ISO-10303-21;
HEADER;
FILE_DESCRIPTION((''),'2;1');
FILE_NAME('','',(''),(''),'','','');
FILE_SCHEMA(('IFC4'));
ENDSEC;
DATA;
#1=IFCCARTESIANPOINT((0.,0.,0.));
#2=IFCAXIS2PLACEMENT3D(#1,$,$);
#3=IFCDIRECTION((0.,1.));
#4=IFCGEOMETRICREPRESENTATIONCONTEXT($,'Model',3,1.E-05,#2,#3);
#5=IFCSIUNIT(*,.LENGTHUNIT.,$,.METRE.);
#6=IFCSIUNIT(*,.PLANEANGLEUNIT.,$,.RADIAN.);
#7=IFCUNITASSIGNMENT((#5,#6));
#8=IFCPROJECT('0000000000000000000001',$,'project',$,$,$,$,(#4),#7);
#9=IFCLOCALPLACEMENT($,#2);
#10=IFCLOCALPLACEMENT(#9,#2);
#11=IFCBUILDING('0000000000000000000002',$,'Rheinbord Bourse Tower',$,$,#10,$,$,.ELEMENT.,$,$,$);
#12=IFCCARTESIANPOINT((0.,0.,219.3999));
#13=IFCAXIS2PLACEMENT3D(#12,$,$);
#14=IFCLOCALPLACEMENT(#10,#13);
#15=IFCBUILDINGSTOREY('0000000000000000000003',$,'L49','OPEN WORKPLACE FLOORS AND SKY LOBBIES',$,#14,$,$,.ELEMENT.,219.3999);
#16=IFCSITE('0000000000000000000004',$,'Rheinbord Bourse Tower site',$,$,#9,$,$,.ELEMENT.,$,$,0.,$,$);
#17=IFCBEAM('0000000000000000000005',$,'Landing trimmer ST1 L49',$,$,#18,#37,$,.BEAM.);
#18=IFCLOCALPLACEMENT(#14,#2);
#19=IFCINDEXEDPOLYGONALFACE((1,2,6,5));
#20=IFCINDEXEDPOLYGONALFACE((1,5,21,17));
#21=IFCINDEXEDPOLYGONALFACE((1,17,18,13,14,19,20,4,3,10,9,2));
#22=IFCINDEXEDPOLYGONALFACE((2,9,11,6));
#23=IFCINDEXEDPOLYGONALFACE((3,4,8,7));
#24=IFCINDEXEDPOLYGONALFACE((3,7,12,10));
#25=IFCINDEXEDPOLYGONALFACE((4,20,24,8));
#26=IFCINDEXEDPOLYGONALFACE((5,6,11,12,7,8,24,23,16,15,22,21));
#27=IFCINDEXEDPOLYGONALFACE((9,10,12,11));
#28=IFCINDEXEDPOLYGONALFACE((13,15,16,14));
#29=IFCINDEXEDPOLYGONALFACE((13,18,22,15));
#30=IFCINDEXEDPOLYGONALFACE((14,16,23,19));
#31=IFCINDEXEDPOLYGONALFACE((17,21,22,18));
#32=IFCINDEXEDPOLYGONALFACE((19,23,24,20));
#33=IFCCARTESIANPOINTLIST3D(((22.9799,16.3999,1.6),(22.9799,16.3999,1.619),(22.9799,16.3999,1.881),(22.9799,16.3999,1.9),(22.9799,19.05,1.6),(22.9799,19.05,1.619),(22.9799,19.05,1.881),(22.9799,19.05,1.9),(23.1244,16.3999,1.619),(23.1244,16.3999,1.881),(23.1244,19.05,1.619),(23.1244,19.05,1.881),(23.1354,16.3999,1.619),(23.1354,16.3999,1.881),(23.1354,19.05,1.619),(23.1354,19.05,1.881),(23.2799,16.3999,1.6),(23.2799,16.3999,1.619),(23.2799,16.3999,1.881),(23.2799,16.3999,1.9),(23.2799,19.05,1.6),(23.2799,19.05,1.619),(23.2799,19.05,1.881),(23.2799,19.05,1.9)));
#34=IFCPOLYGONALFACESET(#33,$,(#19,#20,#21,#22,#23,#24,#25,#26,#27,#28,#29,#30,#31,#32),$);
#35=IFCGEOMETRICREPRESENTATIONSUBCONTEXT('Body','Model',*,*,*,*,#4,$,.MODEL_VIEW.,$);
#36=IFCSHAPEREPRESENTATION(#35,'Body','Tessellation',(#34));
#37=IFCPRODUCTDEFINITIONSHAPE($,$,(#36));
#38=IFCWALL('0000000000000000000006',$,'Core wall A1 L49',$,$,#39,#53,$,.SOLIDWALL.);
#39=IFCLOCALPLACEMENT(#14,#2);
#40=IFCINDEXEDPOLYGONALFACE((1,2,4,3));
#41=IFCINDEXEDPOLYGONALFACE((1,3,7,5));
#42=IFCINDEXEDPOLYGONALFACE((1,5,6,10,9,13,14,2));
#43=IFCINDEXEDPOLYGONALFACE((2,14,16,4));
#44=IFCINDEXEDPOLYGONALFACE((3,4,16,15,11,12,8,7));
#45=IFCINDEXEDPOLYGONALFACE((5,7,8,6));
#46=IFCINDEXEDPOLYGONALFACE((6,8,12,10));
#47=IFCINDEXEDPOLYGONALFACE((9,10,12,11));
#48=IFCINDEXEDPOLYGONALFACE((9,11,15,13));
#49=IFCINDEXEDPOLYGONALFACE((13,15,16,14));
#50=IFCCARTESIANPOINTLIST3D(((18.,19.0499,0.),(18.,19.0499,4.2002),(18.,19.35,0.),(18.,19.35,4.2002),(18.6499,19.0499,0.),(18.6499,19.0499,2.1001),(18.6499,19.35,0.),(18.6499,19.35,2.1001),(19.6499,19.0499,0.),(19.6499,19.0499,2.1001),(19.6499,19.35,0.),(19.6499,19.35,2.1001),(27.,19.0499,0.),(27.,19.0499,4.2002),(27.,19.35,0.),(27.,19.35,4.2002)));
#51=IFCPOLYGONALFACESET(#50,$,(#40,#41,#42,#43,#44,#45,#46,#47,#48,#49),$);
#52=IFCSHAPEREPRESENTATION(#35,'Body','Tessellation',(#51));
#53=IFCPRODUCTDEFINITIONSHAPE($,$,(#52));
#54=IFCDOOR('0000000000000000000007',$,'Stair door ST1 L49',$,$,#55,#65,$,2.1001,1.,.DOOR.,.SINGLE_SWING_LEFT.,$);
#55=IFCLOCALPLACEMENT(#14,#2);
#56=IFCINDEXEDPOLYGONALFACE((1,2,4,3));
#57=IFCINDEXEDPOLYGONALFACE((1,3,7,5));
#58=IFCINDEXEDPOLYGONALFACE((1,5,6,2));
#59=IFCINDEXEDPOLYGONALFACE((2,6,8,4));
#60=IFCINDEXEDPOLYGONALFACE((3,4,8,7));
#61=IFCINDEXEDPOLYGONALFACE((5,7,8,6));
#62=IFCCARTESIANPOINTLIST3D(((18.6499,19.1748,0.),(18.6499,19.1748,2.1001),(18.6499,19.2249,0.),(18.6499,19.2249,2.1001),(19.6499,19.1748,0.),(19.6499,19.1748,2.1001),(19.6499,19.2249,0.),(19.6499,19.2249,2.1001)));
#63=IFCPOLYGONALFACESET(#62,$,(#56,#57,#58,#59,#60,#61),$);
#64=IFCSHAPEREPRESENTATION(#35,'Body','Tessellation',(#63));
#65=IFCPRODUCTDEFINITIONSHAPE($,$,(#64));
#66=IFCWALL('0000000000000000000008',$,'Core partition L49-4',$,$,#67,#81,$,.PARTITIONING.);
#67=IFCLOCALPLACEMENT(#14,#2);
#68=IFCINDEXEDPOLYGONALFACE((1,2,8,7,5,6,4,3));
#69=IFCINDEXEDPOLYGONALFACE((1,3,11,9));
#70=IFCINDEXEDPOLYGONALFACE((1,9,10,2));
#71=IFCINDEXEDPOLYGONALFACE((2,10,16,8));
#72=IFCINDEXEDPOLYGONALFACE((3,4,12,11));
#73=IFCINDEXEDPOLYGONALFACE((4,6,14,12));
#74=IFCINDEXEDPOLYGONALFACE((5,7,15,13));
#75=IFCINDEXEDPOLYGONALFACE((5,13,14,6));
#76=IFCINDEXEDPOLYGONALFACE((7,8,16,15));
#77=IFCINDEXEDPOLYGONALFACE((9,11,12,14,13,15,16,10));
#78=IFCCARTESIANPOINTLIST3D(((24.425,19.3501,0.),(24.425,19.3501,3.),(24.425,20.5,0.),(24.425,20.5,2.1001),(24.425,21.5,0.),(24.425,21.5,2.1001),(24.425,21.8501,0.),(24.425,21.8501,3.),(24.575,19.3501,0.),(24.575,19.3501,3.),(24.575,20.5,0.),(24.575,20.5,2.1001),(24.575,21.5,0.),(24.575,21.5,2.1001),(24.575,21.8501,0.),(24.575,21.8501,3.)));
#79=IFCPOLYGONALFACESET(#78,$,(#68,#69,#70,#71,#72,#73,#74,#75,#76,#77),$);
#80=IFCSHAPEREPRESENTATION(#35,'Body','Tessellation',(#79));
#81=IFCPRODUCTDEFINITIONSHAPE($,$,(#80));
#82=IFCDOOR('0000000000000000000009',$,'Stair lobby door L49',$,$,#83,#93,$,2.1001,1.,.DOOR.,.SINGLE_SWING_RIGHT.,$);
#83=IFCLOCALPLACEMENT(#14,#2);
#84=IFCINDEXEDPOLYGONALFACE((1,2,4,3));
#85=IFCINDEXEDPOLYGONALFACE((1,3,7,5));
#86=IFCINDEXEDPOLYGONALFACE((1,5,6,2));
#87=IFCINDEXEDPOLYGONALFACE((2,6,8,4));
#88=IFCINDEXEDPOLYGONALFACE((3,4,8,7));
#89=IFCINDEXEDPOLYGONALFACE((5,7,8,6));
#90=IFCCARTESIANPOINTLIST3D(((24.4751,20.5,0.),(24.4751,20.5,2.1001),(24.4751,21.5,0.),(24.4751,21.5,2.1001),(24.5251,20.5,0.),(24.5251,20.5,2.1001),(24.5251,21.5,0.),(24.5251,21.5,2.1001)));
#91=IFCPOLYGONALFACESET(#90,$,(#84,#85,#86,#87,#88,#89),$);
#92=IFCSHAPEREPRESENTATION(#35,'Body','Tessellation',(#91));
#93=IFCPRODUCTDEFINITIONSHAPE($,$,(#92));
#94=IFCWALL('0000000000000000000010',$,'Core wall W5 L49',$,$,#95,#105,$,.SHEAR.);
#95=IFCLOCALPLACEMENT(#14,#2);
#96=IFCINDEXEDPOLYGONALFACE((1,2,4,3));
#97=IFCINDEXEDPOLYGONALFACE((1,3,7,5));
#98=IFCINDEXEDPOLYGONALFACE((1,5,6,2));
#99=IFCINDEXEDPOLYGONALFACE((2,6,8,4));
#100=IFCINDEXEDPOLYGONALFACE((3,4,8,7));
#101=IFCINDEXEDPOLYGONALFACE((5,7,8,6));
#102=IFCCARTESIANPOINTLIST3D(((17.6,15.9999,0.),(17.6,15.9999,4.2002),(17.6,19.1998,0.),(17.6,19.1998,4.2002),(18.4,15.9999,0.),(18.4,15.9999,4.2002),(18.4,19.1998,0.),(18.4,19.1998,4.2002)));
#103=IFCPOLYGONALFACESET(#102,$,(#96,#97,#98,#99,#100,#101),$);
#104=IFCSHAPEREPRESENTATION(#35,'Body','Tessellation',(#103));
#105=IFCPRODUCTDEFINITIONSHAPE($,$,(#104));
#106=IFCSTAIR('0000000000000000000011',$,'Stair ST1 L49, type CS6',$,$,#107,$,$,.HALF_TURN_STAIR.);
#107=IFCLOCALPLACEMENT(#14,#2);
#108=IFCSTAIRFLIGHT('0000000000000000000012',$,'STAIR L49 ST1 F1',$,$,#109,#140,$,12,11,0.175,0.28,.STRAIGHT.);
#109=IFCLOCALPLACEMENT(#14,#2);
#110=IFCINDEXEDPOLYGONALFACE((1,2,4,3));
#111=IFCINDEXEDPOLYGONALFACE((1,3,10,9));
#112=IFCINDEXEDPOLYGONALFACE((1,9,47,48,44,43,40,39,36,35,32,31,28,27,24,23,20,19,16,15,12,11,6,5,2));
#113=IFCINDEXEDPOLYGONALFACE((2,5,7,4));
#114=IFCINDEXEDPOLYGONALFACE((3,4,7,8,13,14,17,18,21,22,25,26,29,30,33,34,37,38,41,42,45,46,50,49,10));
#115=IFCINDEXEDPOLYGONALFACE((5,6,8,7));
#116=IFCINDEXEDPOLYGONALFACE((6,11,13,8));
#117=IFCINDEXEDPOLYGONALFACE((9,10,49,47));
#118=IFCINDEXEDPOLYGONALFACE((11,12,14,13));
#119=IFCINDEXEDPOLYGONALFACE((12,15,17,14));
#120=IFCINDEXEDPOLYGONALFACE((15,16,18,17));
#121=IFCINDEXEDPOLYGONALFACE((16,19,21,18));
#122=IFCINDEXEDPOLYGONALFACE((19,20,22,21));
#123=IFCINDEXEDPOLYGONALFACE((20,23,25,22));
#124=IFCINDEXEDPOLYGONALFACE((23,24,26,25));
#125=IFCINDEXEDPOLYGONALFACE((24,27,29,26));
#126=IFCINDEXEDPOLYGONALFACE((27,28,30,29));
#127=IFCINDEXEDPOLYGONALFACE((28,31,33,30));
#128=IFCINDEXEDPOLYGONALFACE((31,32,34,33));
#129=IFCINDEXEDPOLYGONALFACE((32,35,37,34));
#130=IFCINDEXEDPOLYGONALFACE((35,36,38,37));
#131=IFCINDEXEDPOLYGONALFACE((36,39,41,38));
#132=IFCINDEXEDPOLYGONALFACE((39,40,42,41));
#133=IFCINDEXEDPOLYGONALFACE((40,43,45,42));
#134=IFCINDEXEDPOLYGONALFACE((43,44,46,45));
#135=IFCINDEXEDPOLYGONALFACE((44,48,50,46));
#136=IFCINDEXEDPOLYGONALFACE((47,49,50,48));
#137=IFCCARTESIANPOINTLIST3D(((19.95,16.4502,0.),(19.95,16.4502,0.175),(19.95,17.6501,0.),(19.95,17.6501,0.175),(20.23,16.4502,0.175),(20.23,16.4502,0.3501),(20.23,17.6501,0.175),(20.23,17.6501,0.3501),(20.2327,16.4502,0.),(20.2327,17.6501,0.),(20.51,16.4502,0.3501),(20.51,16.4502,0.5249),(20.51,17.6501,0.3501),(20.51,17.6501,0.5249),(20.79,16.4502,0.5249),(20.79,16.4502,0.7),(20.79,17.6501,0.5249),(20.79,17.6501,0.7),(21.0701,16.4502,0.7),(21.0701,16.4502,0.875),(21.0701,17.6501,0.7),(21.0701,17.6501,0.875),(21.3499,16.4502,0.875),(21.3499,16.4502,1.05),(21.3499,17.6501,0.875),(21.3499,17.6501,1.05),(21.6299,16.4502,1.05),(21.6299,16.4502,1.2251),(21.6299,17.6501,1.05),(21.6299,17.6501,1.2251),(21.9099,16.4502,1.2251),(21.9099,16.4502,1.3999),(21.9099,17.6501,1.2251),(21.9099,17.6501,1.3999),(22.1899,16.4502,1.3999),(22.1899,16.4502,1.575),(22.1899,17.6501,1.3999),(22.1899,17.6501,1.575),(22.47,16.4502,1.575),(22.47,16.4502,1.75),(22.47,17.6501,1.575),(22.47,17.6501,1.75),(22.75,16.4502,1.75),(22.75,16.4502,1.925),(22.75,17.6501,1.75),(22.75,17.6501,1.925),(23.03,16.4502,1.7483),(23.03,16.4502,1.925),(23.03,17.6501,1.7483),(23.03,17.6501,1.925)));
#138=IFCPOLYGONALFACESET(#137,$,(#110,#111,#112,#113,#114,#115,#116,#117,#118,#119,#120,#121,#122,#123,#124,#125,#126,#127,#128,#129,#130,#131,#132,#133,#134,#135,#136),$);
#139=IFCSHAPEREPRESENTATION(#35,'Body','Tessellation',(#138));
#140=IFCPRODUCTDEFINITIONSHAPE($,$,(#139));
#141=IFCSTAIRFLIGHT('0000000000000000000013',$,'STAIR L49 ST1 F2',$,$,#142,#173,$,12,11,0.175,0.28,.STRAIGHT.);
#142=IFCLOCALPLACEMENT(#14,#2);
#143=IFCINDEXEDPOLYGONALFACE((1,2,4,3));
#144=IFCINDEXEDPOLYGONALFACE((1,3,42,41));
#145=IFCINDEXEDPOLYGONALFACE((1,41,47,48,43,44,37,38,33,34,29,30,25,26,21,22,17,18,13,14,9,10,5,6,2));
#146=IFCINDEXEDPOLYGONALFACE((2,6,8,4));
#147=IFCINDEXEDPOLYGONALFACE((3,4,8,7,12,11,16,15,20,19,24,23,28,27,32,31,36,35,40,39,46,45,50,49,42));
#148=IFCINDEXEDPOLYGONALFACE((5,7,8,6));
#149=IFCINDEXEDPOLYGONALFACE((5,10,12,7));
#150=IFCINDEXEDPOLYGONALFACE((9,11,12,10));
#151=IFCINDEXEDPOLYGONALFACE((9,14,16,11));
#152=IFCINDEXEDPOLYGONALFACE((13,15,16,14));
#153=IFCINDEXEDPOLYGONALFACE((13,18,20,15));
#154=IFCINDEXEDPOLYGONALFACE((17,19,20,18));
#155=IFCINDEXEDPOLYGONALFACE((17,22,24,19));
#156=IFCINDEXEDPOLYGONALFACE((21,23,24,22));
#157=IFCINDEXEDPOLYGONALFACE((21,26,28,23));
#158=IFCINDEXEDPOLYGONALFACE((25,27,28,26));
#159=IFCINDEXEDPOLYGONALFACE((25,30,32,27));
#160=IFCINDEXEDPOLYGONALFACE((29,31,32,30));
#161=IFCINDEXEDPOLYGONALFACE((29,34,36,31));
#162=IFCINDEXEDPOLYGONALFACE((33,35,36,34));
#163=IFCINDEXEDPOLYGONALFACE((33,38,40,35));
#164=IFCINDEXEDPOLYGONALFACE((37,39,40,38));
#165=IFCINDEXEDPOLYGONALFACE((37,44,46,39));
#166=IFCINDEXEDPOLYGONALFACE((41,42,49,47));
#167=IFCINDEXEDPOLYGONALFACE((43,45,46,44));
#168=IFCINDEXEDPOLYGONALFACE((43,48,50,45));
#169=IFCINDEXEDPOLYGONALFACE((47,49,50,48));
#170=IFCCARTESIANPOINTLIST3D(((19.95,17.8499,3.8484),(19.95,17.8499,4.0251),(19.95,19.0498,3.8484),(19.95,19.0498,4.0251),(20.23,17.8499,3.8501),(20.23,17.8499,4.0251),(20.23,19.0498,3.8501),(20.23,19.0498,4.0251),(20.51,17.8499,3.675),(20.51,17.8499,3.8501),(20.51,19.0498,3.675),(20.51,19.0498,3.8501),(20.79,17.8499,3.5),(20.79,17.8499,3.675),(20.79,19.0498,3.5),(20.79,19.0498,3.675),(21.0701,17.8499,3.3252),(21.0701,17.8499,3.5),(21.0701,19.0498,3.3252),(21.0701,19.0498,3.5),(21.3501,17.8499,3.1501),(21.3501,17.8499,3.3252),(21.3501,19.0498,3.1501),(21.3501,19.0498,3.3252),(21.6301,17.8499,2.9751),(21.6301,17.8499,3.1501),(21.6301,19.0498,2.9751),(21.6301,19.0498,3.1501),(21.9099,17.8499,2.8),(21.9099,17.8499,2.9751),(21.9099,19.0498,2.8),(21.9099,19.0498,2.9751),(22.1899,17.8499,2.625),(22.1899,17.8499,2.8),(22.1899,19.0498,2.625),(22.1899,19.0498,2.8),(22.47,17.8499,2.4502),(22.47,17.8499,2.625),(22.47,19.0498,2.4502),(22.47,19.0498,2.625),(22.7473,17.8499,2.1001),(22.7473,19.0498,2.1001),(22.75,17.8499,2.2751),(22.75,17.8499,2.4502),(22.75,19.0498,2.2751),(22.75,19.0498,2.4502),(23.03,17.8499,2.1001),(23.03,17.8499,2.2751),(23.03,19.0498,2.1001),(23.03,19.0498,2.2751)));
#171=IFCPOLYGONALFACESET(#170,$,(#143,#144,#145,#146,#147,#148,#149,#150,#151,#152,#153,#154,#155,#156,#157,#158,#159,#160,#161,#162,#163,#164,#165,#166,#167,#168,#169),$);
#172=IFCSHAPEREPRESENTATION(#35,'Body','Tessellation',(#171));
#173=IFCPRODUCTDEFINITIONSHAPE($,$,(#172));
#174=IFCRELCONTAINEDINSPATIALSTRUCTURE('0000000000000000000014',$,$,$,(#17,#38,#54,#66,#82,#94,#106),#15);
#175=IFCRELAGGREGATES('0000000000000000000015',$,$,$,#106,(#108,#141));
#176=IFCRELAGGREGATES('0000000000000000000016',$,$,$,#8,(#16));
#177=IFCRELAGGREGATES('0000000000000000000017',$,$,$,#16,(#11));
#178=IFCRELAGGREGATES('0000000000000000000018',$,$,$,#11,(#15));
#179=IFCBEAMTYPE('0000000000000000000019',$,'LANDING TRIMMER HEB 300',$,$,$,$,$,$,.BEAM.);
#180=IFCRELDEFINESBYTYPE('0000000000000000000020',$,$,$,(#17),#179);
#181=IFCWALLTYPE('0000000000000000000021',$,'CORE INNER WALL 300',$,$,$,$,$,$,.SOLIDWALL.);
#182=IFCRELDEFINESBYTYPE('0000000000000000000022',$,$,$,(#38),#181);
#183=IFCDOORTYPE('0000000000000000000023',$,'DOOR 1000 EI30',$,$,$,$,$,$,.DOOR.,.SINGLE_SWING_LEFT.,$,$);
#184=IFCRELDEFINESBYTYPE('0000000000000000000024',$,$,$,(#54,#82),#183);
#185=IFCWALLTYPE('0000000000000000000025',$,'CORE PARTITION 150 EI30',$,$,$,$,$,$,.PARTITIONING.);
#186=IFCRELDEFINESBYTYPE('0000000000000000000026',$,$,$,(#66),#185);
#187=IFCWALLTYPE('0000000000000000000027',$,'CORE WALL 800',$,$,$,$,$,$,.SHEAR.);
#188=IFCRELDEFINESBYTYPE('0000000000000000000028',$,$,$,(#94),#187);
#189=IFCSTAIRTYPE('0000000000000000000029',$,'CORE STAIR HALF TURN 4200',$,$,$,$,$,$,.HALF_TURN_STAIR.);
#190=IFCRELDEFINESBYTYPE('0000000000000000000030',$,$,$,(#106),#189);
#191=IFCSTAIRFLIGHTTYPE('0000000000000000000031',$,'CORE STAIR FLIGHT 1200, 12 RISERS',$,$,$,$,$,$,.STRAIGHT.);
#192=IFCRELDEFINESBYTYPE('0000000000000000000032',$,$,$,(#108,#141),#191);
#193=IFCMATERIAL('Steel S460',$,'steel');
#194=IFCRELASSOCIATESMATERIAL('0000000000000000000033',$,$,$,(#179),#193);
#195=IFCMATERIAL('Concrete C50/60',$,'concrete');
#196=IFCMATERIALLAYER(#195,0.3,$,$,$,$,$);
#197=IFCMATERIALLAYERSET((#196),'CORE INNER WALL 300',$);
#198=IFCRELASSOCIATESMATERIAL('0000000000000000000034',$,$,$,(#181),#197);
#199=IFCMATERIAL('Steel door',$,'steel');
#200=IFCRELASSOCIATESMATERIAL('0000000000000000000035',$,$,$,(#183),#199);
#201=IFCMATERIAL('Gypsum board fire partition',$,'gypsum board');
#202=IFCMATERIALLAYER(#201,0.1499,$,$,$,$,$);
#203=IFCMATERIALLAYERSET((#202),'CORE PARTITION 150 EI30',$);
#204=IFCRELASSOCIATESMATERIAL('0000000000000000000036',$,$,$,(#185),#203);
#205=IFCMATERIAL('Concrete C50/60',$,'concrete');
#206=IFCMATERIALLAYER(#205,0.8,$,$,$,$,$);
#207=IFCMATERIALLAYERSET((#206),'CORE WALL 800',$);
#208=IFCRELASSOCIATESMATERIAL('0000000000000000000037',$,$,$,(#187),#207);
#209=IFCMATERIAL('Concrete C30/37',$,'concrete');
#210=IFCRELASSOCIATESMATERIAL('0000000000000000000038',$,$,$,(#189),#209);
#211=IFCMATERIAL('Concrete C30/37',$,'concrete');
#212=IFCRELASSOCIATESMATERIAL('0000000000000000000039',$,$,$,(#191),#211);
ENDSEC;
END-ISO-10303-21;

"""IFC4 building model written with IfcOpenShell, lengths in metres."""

from ifc_helpers import new_model, si_unit, direction, frame, frame_2d, origin, origin_2d, place, context, subcontext, project, spatial, polyline, rectangle, i_section, outline, extrude, material, layer, layer_set, material_profile, profile_set, type_object, element, fill, aggregate, save


model = new_model("IFC4")

# Units and contexts
model_context = context("Model", 3, precision=1e-05, world=origin(), true_north=direction((0.0, 1.0)))
body_context = subcontext(model_context, "Body", "Model", "MODEL_VIEW")
ifc_project = project(units=[si_unit("LENGTHUNIT", "METRE"), si_unit("PLANEANGLEUNIT", "RADIAN")], contexts=[model_context])

# Site, building, storey
site_placement = place(None, origin())
site = spatial("IfcSite", under=ifc_project, at=site_placement, Name="Rheinbord Bourse Tower site", CompositionType="ELEMENT", RefElevation=0.0)
building_placement = place(site_placement, origin())
building = spatial("IfcBuilding", under=site, at=building_placement, Name="Rheinbord Bourse Tower", CompositionType="ELEMENT")
storey_placement = place(building_placement, frame((0.0, 0.0, 219.3999)))
storey = spatial("IfcBuildingStorey", under=building, at=storey_placement, Name="L49", Description="OPEN WORKPLACE FLOORS AND SKY LOBBIES", CompositionType="ELEMENT", Elevation=219.3999)

# Beam
ifc_material_1 = material(Name="Steel S460", Category="steel")
ifc_material_profile = material_profile(ifc_material_1, i_section(OverallWidth=0.3, OverallDepth=0.3, WebThickness=0.011, FlangeThickness=0.019, at=origin_2d()), Name="HEB 300")
ifc_profile_set = profile_set([ifc_material_profile], Name="Steel S460")
beam_type = type_object("IfcBeamType", Name="LANDING TRIMMER HEB 300", PredefinedType="BEAM", material=ifc_profile_set)
beam_placement = place(storey_placement, frame((23.1299, 16.3999, 1.75), z_axis=(0.0, 1.0, 0.0), x_axis=(-1.0, 0.0, 0.0)))
element("IfcBeam", 1, at=beam_placement, inside=storey, type_object=beam_type, Name="Landing trimmer ST1 L49", PredefinedType="BEAM", context=body_context, shape_type="SweptSolid", body=[
    extrude(i_section(OverallWidth=0.3, OverallDepth=0.3, WebThickness=0.011, FlangeThickness=0.019, at=origin_2d()), origin(), (0.0, 0.0, 1.0), 2.6501),
])

# Walls, openings, doors
ifc_material_2 = material(Name="Concrete C50/60", Category="concrete")
ifc_layer_1 = layer(ifc_material_2, 0.3)
ifc_layer_set_1 = layer_set([ifc_layer_1], Name="CORE INNER WALL 300")
wall_type_1 = type_object("IfcWallType", Name="CORE INNER WALL 300", PredefinedType="SOLIDWALL", material=ifc_layer_set_1)
wall_1_placement = place(storey_placement, frame((18.0, 19.2, 0.0), z_axis=(0.0, 0.0, 1.0), x_axis=(1.0, 0.0, 0.0)))
wall_1 = element("IfcWall", 2, at=wall_1_placement, inside=storey, type_object=wall_type_1, Name="Core wall A1 L49", PredefinedType="SOLIDWALL", context=body_context, shape_type="SweptSolid", body=[
    extrude(rectangle(XDim=9.0, YDim=0.3, at=frame_2d((4.5, 0.0))), origin(), (0.0, 0.0, 1.0), 4.2002),
])
opening_1_placement = place(wall_1_placement, frame((0.6499, 0.0, 0.0)))
opening_1 = element("IfcOpeningElement", 3, at=opening_1_placement, cuts=wall_1, PredefinedType="OPENING", context=body_context, shape_type="SweptSolid", body=[
    extrude(rectangle(XDim=1.0, YDim=2.1001, at=frame_2d((0.5, 1.05))), frame((0.0, 0.1599, 0.0), z_axis=(0.0, -1.0, 0.0), x_axis=(1.0, 0.0, 0.0)), (0.0, 0.0, 1.0), 0.3201),
])
ifc_material_3 = material(Name="Steel door", Category="steel")
door_type = type_object("IfcDoorType", Name="DOOR 1000 EI30", OperationType="SINGLE_SWING_LEFT", PredefinedType="DOOR", material=ifc_material_3)
door_1_placement = place(opening_1_placement, origin())
door_1 = element("IfcDoor", 4, at=door_1_placement, inside=storey, type_object=door_type, Name="Stair door ST1 L49", OperationType="SINGLE_SWING_LEFT", OverallHeight=2.1001, OverallWidth=1.0, PredefinedType="DOOR", context=body_context, shape_type="SweptSolid", body=[
    extrude(rectangle(XDim=1.0, YDim=2.1001, at=frame_2d((0.5, 1.05))), frame((0.0, 0.0249, 0.0), z_axis=(0.0, -1.0, 0.0), x_axis=(1.0, 0.0, 0.0)), (0.0, 0.0, 1.0), 0.05),
])
fill(opening_1, door_1)
ifc_material_4 = material(Name="Gypsum board fire partition", Category="gypsum board")
ifc_layer_2 = layer(ifc_material_4, 0.1499)
ifc_layer_set_2 = layer_set([ifc_layer_2], Name="CORE PARTITION 150 EI30")
wall_type_2 = type_object("IfcWallType", Name="CORE PARTITION 150 EI30", PredefinedType="PARTITIONING", material=ifc_layer_set_2)
wall_2_placement = place(storey_placement, frame((24.5, 19.3501, 0.0), z_axis=(0.0, 0.0, 1.0), x_axis=(0.0, 1.0, 0.0)))
wall_2 = element("IfcWall", 5, at=wall_2_placement, inside=storey, type_object=wall_type_2, Name="Core partition L49-4", PredefinedType="PARTITIONING", context=body_context, shape_type="SweptSolid", body=[
    extrude(rectangle(XDim=2.5, YDim=0.1499, at=frame_2d((1.25, 0.0))), origin(), (0.0, 0.0, 1.0), 3.0),
])
opening_2_placement = place(wall_2_placement, frame((1.1499, 0.0, 0.0)))
opening_2 = element("IfcOpeningElement", 6, at=opening_2_placement, cuts=wall_2, PredefinedType="OPENING", context=body_context, shape_type="SweptSolid", body=[
    extrude(rectangle(XDim=1.0, YDim=2.1001, at=frame_2d((0.5, 1.05))), frame((0.0, 0.085, 0.0), z_axis=(0.0, -1.0, 0.0), x_axis=(1.0, 0.0, 0.0)), (0.0, 0.0, 1.0), 0.1699),
])
door_2_placement = place(opening_2_placement, origin())
door_2 = element("IfcDoor", 7, at=door_2_placement, inside=storey, type_object=door_type, Name="Stair lobby door L49", OperationType="SINGLE_SWING_RIGHT", OverallHeight=2.1001, OverallWidth=1.0, PredefinedType="DOOR", context=body_context, shape_type="SweptSolid", body=[
    extrude(rectangle(XDim=1.0, YDim=2.1001, at=frame_2d((0.5, 1.05))), frame((0.0, 0.0249, 0.0), z_axis=(0.0, -1.0, 0.0), x_axis=(1.0, 0.0, 0.0)), (0.0, 0.0, 1.0), 0.05),
])
fill(opening_2, door_2)

# Wall
ifc_material_5 = material(Name="Concrete C50/60", Category="concrete")
ifc_layer_3 = layer(ifc_material_5, 0.8)
ifc_layer_set_3 = layer_set([ifc_layer_3], Name="CORE WALL 800")
wall_type_3 = type_object("IfcWallType", Name="CORE WALL 800", PredefinedType="SHEAR", material=ifc_layer_set_3)
wall_3_placement = place(storey_placement, frame((18.0, 19.2, 0.0), z_axis=(0.0, 0.0, 1.0), x_axis=(0.0, -1.0, 0.0)))
element("IfcWall", 8, at=wall_3_placement, inside=storey, type_object=wall_type_3, Name="Core wall W5 L49", PredefinedType="SHEAR", context=body_context, shape_type="SweptSolid", body=[
    extrude(rectangle(XDim=3.2, YDim=0.8, at=frame_2d((1.6001, 0.0))), origin(), (0.0, 0.0, 1.0), 4.2002),
])

# Stair, stair flights
ifc_material_6 = material(Name="Concrete C30/37", Category="concrete")
stair_type = type_object("IfcStairType", Name="CORE STAIR HALF TURN 4200", PredefinedType="HALF_TURN_STAIR", material=ifc_material_6)
stair_placement = place(storey_placement, origin())
stair = element("IfcStair", 9, at=stair_placement, inside=storey, type_object=stair_type, Name="Stair ST1 L49, type CS6", PredefinedType="HALF_TURN_STAIR")
ifc_material_7 = material(Name="Concrete C30/37", Category="concrete")
stair_flight_type = type_object("IfcStairFlightType", Name="CORE STAIR FLIGHT 1200, 12 RISERS", PredefinedType="STRAIGHT", material=ifc_material_7)
stair_flight_1_placement = place(storey_placement, frame((19.95, 17.05, 0.0), z_axis=(0.0, 0.0, 1.0), x_axis=(1.0, 0.0, 0.0)))
stair_flight_1 = element("IfcStairFlight", 10, at=stair_flight_1_placement, type_object=stair_flight_type, Name="STAIR L49 ST1 F1", NumberOfRisers=12, NumberOfTreads=11, PredefinedType="STRAIGHT", RiserHeight=0.175, TreadLength=0.28, context=body_context, shape_type="SweptSolid", body=[
    extrude(outline(polyline([(0.0, 0.0), (0.0, 0.175), (0.28, 0.175), (0.28, 0.3501), (0.5601, 0.3501), (0.5601, 0.5249), (0.8401, 0.5249), (0.8401, 0.7), (1.1201, 0.7), (1.1201, 0.875), (1.3999, 0.875), (1.3999, 1.05), (1.6799, 1.05), (1.6799, 1.2251), (1.96, 1.2251), (1.96, 1.3999), (2.24, 1.3999), (2.24, 1.575), (2.52, 1.575), (2.52, 1.75), (2.8, 1.75), (2.8, 1.925), (3.0801, 1.925), (3.0801, 2.1001), (3.0801, 1.7483), (0.2827, 0.0), (0.0, 0.0)])), frame((0.0, 0.6001, 0.0), z_axis=(0.0, -1.0, 0.0), x_axis=(1.0, 0.0, 0.0)), (0.0, 0.0, 1.0), 1.2),
])
stair_flight_2_placement = place(storey_placement, frame((23.03, 18.45, 2.1001), z_axis=(0.0, 0.0, 1.0), x_axis=(-1.0, 0.0, 0.0)))
stair_flight_2 = element("IfcStairFlight", 11, at=stair_flight_2_placement, type_object=stair_flight_type, Name="STAIR L49 ST1 F2", NumberOfRisers=12, NumberOfTreads=11, PredefinedType="STRAIGHT", RiserHeight=0.175, TreadLength=0.28, context=body_context, shape_type="SweptSolid", body=[
    extrude(outline(polyline([(0.0, 0.0), (0.0, 0.175), (0.28, 0.175), (0.28, 0.3501), (0.5601, 0.3501), (0.5601, 0.5249), (0.8401, 0.5249), (0.8401, 0.7), (1.1201, 0.7), (1.1201, 0.875), (1.3999, 0.875), (1.3999, 1.05), (1.6799, 1.05), (1.6799, 1.2251), (1.96, 1.2251), (1.96, 1.3999), (2.24, 1.3999), (2.24, 1.575), (2.52, 1.575), (2.52, 1.75), (2.8, 1.75), (2.8, 1.925), (3.0801, 1.925), (3.0801, 2.1001), (3.0801, 1.7483), (0.2827, 0.0), (0.0, 0.0)])), frame((0.0, 0.6001, 0.0), z_axis=(0.0, -1.0, 0.0), x_axis=(1.0, 0.0, 0.0)), (0.0, 0.0, 1.0), 1.2),
])
aggregate(stair, [stair_flight_1, stair_flight_2])

save(model, "model.ifc")
